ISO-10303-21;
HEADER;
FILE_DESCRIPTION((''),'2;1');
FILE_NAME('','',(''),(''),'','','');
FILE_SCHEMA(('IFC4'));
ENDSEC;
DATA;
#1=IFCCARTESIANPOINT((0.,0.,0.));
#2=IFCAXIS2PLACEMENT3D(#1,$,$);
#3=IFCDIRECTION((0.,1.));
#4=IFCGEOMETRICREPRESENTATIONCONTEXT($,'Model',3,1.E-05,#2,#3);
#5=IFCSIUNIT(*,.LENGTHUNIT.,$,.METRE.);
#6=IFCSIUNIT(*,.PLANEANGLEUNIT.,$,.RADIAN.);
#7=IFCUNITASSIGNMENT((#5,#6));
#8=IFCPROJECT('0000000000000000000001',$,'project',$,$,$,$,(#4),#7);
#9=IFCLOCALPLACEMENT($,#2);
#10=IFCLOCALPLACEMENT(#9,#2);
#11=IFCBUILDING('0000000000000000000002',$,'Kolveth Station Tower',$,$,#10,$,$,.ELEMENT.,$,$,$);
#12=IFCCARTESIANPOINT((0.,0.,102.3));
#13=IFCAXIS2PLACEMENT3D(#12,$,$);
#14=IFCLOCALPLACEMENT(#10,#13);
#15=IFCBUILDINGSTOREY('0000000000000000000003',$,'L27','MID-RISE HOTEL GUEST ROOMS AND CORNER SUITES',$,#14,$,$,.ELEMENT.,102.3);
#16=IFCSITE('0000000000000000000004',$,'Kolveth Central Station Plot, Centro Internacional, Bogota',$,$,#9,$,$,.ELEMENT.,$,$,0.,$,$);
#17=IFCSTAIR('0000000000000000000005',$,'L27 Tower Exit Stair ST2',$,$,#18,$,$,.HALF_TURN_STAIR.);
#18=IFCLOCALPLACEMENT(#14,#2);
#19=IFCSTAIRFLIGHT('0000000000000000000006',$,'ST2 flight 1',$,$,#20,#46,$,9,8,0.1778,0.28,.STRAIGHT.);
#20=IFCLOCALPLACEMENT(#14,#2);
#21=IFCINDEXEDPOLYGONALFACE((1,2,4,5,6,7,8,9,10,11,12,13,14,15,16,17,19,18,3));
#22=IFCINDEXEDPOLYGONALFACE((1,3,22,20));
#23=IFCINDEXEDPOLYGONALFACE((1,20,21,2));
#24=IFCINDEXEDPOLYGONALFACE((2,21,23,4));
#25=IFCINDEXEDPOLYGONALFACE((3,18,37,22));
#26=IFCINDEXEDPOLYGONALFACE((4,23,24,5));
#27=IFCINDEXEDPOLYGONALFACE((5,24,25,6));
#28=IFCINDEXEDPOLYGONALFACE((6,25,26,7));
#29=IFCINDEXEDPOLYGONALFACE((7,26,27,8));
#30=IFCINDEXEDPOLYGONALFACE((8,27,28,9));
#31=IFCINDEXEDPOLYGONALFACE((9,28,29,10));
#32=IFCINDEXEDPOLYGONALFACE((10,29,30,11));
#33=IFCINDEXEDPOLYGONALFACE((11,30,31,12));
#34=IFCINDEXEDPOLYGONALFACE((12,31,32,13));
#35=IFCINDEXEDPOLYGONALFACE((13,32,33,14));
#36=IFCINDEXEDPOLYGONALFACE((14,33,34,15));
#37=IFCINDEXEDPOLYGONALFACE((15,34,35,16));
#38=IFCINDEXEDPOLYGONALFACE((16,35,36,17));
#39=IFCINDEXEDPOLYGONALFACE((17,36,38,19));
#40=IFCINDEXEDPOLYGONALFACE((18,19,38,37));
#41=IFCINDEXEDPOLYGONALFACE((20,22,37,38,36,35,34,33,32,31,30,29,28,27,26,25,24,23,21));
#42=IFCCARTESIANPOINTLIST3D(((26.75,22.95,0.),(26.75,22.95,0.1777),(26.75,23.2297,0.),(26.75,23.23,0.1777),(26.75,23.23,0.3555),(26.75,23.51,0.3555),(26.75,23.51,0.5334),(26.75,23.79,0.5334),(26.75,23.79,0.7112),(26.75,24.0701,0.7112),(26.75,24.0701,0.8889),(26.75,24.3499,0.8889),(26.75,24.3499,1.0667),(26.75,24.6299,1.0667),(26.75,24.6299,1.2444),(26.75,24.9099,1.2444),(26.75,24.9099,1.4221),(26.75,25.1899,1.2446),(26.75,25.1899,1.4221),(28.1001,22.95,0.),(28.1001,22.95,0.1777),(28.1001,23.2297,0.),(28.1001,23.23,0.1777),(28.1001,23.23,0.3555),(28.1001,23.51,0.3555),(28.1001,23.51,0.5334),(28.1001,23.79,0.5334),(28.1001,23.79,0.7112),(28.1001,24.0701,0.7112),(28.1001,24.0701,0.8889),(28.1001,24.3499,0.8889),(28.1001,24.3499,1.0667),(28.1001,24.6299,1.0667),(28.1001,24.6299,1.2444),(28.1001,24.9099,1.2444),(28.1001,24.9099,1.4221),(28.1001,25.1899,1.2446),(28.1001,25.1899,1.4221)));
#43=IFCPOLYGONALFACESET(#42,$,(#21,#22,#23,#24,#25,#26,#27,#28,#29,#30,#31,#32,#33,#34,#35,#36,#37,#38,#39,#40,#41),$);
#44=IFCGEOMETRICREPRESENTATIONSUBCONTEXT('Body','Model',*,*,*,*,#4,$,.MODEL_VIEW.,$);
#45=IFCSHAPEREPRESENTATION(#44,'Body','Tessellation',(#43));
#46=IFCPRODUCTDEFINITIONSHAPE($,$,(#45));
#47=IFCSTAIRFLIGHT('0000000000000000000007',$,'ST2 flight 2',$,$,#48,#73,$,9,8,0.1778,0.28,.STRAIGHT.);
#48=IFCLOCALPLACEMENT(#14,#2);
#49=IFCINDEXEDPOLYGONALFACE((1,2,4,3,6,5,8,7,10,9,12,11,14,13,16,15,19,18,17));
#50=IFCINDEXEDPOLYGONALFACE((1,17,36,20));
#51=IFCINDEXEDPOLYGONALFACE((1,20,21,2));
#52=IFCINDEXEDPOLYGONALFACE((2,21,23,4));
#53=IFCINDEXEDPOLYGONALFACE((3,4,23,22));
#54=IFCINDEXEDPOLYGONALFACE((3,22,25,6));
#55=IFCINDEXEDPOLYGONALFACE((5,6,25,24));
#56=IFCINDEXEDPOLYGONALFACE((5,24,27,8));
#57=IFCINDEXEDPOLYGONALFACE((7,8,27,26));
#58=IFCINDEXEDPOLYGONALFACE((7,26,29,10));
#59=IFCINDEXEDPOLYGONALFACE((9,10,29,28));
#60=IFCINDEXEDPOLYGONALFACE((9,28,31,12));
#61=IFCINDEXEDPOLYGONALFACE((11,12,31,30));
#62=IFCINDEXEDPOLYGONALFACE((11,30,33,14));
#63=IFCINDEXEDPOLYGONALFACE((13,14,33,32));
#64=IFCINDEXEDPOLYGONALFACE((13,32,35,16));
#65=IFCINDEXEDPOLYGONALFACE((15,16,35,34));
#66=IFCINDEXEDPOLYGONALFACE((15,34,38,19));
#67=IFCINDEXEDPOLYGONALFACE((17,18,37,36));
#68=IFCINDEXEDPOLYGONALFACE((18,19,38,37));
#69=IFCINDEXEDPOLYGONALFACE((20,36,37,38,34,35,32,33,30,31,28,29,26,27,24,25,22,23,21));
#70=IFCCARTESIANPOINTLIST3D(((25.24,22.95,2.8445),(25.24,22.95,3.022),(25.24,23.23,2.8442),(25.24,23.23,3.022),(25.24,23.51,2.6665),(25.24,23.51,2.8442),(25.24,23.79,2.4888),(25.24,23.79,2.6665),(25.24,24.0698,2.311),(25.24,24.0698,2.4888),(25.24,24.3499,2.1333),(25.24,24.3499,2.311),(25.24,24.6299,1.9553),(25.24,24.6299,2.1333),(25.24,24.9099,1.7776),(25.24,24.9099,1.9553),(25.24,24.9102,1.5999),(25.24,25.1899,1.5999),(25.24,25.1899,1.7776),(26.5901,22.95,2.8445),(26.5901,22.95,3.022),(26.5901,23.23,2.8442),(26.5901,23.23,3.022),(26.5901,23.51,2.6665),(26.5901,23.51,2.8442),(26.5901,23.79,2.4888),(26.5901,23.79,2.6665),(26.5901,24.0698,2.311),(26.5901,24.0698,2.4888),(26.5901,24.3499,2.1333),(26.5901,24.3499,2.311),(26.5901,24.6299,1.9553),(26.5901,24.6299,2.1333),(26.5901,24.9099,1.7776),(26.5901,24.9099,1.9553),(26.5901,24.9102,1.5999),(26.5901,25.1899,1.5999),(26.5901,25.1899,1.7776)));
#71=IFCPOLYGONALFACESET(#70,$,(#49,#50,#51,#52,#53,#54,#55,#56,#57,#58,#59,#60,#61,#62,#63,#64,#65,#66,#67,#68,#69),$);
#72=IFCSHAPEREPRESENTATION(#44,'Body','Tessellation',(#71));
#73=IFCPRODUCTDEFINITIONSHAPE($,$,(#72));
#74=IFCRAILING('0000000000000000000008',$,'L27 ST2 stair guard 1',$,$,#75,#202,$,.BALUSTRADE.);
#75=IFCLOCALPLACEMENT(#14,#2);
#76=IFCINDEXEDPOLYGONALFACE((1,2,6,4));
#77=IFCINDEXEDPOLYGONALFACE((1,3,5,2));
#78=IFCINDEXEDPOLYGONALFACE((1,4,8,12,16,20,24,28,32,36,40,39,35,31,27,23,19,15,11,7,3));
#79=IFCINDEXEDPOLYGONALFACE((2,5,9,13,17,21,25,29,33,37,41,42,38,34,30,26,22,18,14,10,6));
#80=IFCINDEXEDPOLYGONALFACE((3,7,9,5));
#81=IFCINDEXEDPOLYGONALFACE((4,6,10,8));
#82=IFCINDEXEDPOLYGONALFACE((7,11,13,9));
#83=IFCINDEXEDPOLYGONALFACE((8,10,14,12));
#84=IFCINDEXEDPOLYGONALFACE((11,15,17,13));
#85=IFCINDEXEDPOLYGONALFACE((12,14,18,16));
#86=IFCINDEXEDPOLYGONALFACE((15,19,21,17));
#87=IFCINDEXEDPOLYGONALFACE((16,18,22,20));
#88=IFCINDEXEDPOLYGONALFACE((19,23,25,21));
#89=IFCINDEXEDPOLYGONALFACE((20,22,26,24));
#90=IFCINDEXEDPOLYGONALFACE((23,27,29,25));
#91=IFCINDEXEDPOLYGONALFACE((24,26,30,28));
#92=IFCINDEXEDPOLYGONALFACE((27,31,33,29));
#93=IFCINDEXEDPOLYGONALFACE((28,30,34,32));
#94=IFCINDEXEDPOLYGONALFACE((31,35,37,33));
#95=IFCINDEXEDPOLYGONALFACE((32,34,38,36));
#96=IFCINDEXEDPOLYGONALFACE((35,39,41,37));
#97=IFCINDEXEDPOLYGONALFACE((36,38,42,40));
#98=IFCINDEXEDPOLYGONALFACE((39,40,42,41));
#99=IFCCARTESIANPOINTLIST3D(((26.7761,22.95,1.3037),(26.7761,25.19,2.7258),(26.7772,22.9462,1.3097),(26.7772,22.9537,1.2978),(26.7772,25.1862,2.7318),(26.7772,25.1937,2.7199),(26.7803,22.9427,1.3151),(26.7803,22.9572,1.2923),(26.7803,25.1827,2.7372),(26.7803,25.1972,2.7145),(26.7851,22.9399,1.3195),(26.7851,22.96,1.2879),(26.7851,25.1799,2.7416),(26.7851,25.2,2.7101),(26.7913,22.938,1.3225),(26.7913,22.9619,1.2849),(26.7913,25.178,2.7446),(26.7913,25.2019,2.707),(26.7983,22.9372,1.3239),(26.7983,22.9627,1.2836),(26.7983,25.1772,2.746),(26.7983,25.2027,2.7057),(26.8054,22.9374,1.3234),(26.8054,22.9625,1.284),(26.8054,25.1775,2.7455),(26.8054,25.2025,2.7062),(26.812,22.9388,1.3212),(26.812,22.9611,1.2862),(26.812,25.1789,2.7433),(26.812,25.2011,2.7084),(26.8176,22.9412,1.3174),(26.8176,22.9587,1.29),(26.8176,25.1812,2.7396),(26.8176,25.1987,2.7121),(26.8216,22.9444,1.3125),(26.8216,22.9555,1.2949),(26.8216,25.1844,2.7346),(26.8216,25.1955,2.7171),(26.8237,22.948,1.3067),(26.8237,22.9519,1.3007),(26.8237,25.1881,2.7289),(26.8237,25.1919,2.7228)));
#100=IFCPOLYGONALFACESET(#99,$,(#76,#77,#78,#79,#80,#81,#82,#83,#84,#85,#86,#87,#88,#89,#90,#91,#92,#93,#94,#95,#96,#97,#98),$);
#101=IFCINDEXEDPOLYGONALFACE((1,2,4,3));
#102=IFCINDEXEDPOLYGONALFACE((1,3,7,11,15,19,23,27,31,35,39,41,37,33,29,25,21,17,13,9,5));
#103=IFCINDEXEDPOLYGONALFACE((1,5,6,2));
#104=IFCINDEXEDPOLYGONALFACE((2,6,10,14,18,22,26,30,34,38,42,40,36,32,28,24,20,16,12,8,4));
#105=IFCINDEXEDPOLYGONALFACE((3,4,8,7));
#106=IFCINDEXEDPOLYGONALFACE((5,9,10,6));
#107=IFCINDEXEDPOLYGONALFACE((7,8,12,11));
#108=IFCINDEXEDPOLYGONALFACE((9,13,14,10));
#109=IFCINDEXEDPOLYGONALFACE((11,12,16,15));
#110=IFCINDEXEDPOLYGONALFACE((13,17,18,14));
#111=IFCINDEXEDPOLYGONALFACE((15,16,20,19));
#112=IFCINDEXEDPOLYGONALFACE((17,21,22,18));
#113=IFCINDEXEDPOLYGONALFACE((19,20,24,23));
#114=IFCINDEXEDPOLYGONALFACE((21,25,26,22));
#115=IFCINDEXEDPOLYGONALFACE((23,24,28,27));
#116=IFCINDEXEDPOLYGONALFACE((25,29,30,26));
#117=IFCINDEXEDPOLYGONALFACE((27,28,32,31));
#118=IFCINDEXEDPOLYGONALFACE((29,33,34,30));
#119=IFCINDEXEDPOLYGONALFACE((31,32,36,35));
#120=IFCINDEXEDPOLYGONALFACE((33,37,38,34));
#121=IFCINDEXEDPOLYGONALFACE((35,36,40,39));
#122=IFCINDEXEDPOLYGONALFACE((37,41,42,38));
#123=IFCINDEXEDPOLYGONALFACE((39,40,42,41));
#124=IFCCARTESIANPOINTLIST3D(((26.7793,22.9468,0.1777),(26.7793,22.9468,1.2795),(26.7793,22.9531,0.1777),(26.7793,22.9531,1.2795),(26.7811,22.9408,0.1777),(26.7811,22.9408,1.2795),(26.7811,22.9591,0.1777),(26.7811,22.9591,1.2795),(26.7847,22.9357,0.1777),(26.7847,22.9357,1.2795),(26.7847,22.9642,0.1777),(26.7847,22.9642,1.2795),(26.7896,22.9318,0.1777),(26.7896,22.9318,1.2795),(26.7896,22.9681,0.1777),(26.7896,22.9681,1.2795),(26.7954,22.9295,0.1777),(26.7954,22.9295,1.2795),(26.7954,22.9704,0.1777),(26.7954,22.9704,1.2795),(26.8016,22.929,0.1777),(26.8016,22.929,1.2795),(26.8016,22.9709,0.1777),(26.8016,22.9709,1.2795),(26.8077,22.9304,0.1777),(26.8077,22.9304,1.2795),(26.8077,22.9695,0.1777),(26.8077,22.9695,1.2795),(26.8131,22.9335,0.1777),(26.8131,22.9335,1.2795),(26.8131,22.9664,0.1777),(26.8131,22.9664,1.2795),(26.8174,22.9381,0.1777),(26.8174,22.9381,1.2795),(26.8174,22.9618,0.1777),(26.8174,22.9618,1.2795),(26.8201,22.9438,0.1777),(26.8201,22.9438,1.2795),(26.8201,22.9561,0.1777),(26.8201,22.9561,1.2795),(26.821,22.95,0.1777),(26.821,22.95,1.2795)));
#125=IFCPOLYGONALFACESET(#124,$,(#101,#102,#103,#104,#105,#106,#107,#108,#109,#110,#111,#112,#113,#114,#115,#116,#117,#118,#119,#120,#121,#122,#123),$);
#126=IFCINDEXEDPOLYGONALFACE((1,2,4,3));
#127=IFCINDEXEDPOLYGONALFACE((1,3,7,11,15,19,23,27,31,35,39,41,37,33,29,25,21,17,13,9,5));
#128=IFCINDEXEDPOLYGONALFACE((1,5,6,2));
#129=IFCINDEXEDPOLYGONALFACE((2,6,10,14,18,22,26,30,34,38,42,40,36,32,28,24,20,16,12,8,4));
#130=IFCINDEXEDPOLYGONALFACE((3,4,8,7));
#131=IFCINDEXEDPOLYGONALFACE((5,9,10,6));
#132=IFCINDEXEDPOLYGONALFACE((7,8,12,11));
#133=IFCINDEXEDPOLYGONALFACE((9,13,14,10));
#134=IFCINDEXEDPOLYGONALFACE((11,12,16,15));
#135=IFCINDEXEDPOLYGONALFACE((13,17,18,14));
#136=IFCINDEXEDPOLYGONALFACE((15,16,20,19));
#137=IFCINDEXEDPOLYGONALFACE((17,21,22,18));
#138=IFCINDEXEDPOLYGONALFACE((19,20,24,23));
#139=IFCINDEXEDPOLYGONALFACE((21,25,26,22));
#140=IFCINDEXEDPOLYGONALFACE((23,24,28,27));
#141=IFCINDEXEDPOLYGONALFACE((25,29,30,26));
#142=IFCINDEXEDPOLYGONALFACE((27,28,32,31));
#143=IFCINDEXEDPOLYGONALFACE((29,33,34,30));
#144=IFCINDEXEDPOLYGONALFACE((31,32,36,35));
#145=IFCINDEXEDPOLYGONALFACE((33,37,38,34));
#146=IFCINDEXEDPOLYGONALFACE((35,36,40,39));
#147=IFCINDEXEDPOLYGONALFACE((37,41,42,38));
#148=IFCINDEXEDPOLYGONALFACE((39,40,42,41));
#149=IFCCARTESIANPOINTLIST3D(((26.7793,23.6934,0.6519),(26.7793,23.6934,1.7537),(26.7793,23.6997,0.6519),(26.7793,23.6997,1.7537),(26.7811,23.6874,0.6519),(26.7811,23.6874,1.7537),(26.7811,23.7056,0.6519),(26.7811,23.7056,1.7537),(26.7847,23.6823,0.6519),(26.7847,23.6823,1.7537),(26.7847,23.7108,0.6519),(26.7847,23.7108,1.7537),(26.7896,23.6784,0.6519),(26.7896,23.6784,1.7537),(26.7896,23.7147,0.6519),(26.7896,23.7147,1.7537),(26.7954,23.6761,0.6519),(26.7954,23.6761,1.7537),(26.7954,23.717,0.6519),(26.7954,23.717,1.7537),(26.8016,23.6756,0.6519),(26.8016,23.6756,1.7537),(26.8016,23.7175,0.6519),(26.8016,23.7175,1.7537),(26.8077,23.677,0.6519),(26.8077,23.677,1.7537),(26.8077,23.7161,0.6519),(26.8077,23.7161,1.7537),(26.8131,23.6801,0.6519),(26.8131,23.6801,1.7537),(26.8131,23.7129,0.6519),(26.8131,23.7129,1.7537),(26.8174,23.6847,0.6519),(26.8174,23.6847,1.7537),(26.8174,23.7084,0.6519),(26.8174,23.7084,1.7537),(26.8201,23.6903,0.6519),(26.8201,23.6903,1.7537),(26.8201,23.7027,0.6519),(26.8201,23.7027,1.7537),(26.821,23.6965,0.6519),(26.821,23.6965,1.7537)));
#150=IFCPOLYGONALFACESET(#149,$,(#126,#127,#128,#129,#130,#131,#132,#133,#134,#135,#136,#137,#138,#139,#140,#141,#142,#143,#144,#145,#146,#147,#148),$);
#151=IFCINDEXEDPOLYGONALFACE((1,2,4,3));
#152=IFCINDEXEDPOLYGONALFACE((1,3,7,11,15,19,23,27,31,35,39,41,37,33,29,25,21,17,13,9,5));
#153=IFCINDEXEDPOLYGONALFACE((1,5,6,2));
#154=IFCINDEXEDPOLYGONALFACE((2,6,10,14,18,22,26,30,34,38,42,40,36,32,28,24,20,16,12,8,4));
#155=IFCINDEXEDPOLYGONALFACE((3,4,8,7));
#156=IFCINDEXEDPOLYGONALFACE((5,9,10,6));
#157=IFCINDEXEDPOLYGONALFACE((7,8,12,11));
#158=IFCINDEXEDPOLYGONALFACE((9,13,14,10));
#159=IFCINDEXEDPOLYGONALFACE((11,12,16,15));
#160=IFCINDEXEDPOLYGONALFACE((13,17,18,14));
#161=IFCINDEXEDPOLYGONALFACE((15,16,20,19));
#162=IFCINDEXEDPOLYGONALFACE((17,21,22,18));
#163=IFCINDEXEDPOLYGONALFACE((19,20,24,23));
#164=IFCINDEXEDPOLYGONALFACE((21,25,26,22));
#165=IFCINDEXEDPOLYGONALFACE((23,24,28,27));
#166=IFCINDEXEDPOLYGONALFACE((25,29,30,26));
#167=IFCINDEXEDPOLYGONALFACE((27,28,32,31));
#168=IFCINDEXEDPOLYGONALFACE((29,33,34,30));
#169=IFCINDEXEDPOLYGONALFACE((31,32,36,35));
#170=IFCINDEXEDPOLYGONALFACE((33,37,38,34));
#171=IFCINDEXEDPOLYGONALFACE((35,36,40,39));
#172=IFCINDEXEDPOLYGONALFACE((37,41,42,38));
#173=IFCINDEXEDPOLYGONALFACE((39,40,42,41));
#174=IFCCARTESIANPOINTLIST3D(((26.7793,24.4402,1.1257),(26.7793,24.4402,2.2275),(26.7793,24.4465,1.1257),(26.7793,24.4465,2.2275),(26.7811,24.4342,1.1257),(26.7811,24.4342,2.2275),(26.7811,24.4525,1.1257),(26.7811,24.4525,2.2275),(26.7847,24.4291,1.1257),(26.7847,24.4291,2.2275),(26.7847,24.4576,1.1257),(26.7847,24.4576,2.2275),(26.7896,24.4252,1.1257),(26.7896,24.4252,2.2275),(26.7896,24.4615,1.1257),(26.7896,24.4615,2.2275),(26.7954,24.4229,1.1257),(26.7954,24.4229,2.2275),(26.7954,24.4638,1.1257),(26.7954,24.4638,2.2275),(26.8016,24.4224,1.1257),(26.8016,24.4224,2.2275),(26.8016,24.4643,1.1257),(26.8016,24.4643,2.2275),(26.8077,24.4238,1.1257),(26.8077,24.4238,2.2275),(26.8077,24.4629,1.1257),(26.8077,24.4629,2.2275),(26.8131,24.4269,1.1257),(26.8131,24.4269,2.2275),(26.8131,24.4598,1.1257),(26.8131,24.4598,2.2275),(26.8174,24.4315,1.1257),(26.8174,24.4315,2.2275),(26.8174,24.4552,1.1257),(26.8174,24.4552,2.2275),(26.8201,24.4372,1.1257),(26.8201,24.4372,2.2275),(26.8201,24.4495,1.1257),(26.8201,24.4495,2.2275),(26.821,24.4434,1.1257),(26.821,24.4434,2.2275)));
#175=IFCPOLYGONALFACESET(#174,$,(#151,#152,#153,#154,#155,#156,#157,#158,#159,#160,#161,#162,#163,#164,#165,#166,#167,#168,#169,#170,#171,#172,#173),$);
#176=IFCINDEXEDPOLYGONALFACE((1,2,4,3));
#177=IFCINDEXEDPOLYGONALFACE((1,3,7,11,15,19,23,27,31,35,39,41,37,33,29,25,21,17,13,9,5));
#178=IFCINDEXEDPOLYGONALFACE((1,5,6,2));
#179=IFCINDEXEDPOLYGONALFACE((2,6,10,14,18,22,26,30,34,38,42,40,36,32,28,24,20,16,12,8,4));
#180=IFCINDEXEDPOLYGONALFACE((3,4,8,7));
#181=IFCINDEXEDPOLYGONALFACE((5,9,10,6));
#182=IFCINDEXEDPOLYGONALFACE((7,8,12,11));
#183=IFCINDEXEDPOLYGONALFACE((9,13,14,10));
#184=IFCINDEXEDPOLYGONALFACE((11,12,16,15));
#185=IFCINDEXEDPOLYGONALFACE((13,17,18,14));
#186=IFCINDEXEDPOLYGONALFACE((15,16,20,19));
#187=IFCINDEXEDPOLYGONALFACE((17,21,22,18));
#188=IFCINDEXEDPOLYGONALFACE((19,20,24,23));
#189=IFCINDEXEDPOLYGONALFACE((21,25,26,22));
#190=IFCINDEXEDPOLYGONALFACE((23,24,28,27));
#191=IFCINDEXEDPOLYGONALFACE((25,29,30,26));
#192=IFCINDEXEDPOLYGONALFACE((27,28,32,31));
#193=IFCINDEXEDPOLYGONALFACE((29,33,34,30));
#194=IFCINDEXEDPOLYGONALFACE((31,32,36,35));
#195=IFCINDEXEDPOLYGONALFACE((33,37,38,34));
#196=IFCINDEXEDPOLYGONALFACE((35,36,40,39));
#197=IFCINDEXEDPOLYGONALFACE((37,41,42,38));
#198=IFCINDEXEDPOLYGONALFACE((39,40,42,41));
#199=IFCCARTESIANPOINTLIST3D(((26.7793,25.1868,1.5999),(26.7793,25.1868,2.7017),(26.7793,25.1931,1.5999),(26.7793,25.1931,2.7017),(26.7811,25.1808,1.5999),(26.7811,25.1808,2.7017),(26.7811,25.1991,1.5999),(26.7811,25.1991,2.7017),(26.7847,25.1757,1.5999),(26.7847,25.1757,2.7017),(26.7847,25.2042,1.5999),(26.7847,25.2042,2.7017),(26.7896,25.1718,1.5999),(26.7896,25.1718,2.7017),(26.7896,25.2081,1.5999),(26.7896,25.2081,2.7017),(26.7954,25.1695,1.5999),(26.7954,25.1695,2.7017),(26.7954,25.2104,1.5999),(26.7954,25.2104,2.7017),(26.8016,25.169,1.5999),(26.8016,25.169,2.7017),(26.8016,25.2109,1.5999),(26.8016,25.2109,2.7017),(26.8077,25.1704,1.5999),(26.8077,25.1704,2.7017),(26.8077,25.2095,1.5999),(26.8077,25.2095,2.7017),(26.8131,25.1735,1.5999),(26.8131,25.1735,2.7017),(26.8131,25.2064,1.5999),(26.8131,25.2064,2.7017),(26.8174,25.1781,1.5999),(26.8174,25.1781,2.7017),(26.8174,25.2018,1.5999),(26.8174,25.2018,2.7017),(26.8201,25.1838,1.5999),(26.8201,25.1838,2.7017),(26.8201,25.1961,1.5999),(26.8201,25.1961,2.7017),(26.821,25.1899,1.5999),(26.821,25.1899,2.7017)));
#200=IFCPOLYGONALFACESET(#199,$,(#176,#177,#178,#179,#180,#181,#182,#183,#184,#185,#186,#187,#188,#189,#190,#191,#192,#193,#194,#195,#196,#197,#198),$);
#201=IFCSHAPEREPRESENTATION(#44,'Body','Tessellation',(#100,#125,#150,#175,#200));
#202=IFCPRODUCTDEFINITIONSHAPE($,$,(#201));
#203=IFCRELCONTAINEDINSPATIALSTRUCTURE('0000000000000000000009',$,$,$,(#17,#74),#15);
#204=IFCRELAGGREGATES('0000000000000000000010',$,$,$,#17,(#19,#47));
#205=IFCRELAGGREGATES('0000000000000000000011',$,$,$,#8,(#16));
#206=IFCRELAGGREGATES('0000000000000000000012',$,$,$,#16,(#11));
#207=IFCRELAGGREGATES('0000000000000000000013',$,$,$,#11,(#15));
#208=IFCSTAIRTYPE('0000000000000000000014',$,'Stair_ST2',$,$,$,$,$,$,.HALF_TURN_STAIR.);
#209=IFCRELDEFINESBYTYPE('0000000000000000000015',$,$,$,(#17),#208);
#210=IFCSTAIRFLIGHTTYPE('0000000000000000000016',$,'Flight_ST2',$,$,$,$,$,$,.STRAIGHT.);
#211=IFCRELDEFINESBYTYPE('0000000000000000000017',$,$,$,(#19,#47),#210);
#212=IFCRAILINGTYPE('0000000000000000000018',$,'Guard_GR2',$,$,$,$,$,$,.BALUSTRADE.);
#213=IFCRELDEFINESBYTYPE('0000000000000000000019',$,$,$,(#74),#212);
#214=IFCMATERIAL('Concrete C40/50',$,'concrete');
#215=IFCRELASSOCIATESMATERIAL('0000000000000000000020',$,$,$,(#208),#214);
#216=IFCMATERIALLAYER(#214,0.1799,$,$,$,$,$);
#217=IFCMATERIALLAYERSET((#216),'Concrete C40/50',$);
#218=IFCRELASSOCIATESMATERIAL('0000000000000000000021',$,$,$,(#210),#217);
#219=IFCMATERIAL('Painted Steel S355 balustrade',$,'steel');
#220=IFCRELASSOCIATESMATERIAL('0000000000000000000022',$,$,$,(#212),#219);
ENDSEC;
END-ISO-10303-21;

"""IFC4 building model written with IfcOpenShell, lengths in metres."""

from ifc_helpers import new_model, si_unit, direction, frame, origin, origin_2d, place, context, subcontext, project, spatial, polyline, circle, outline, extrude, material, layer, layer_set, type_object, element, aggregate, save


model = new_model("IFC4")

# Units and contexts
model_context = context("Model", 3, precision=1e-05, world=origin(), true_north=direction((0.0, 1.0)))
body_context = subcontext(model_context, "Body", "Model", "MODEL_VIEW")
ifc_project = project(units=[si_unit("LENGTHUNIT", "METRE"), si_unit("PLANEANGLEUNIT", "RADIAN")], contexts=[model_context])

# Site, building, storey
site_placement = place(None, origin())
site = spatial("IfcSite", under=ifc_project, at=site_placement, Name="Kolveth Central Station Plot, Centro Internacional, Bogota", CompositionType="ELEMENT", RefElevation=0.0)
building_placement = place(site_placement, origin())
building = spatial("IfcBuilding", under=site, at=building_placement, Name="Kolveth Station Tower", CompositionType="ELEMENT")
storey_placement = place(building_placement, frame((0.0, 0.0, 102.3)))
storey = spatial("IfcBuildingStorey", under=building, at=storey_placement, Name="L27", Description="MID-RISE HOTEL GUEST ROOMS AND CORNER SUITES", CompositionType="ELEMENT", Elevation=102.3)

# Shared definitions
ifc_material_1 = material(Name="Concrete C40/50", Category="concrete")

# Stair, stair flights
stair_type = type_object("IfcStairType", Name="Stair_ST2", PredefinedType="HALF_TURN_STAIR", material=ifc_material_1)
stair_placement = place(storey_placement, origin())
stair = element("IfcStair", 1, at=stair_placement, inside=storey, type_object=stair_type, Name="L27 Tower Exit Stair ST2", PredefinedType="HALF_TURN_STAIR")
ifc_layer_1 = layer(ifc_material_1, 0.1799)
ifc_layer_set_1 = layer_set([ifc_layer_1], Name="Concrete C40/50")
stair_flight_type = type_object("IfcStairFlightType", Name="Flight_ST2", PredefinedType="STRAIGHT", material=ifc_layer_set_1)
stair_flight_1_placement = place(storey_placement, frame((27.425, 22.95, 0.0), z_axis=(0.0, 0.0, 1.0), x_axis=(0.0, 1.0, 0.0)))
stair_flight_1 = element("IfcStairFlight", 2, at=stair_flight_1_placement, type_object=stair_flight_type, Name="ST2 flight 1", NumberOfRisers=9, NumberOfTreads=8, PredefinedType="STRAIGHT", RiserHeight=0.1778, TreadLength=0.28, context=body_context, shape_type="SweptSolid", body=[
    extrude(outline(polyline([(0.0, 0.0), (0.0, 0.1777), (0.28, 0.1777), (0.28, 0.3555), (0.5601, 0.3555), (0.5601, 0.5334), (0.8401, 0.5334), (0.8401, 0.7112), (1.1201, 0.7112), (1.1201, 0.8889), (1.3999, 0.8889), (1.3999, 1.0667), (1.6799, 1.0667), (1.6799, 1.2444), (1.96, 1.2444), (1.96, 1.4221), (2.24, 1.4221), (2.24, 1.6001), (2.24, 1.2446), (0.2798, 0.0), (0.0, 0.0)])), frame((0.0, 0.675, 0.0), z_axis=(0.0, -1.0, 0.0), x_axis=(1.0, 0.0, 0.0)), (0.0, 0.0, 1.0), 1.3501),
])
stair_flight_2_placement = place(storey_placement, frame((25.915, 25.1899, 1.5999), z_axis=(0.0, 0.0, 1.0), x_axis=(0.0, -1.0, 0.0)))
stair_flight_2 = element("IfcStairFlight", 3, at=stair_flight_2_placement, type_object=stair_flight_type, Name="ST2 flight 2", NumberOfRisers=9, NumberOfTreads=8, PredefinedType="STRAIGHT", RiserHeight=0.1778, TreadLength=0.28, context=body_context, shape_type="SweptSolid", body=[
    extrude(outline(polyline([(0.0, 0.0), (0.0, 0.1777), (0.28, 0.1777), (0.28, 0.3555), (0.5601, 0.3555), (0.5601, 0.5334), (0.8401, 0.5334), (0.8401, 0.7112), (1.1201, 0.7112), (1.1201, 0.8889), (1.3999, 0.8889), (1.3999, 1.0667), (1.6799, 1.0667), (1.6799, 1.2444), (1.96, 1.2444), (1.96, 1.4221), (2.24, 1.4221), (2.24, 1.6001), (2.24, 1.2446), (0.2798, 0.0), (0.0, 0.0)])), frame((0.0, 0.675, 0.0), z_axis=(0.0, -1.0, 0.0), x_axis=(1.0, 0.0, 0.0)), (0.0, 0.0, 1.0), 1.3501),
])
aggregate(stair, [stair_flight_1, stair_flight_2])

# Railing
ifc_material_2 = material(Name="Painted Steel S355 balustrade", Category="steel")
railing_type_1 = type_object("IfcRailingType", Name="Guard_GR2", PredefinedType="BALUSTRADE", material=ifc_material_2)
railing_1_placement = place(storey_placement, frame((26.8, 22.95, 0.1777)))
element("IfcRailing", 4, at=railing_1_placement, inside=storey, type_object=railing_type_1, Name="L27 ST2 stair guard 1", PredefinedType="BALUSTRADE", context=body_context, shape_type="SweptSolid", body=[
    extrude(circle(Radius=0.0239, at=origin_2d()), frame((0.0, 0.0, 1.126), z_axis=(0.0, 0.844229, 0.535982), x_axis=(-1.0, 0.0, 0.0)), (0.0, 0.0, 1.0), 2.6533),
    extrude(circle(Radius=0.021, at=origin_2d()), origin(), (0.0, 0.0, 1.0), 1.1018),
    extrude(circle(Radius=0.021, at=origin_2d()), frame((0.0, 0.7466, 0.4741)), (0.0, 0.0, 1.0), 1.1018),
    extrude(circle(Radius=0.021, at=origin_2d()), frame((0.0, 1.4934, 0.948)), (0.0, 0.0, 1.0), 1.1018),
    extrude(circle(Radius=0.021, at=origin_2d()), frame((0.0, 2.24, 1.4221)), (0.0, 0.0, 1.0), 1.1018),
])

save(model, "model.ifc")
